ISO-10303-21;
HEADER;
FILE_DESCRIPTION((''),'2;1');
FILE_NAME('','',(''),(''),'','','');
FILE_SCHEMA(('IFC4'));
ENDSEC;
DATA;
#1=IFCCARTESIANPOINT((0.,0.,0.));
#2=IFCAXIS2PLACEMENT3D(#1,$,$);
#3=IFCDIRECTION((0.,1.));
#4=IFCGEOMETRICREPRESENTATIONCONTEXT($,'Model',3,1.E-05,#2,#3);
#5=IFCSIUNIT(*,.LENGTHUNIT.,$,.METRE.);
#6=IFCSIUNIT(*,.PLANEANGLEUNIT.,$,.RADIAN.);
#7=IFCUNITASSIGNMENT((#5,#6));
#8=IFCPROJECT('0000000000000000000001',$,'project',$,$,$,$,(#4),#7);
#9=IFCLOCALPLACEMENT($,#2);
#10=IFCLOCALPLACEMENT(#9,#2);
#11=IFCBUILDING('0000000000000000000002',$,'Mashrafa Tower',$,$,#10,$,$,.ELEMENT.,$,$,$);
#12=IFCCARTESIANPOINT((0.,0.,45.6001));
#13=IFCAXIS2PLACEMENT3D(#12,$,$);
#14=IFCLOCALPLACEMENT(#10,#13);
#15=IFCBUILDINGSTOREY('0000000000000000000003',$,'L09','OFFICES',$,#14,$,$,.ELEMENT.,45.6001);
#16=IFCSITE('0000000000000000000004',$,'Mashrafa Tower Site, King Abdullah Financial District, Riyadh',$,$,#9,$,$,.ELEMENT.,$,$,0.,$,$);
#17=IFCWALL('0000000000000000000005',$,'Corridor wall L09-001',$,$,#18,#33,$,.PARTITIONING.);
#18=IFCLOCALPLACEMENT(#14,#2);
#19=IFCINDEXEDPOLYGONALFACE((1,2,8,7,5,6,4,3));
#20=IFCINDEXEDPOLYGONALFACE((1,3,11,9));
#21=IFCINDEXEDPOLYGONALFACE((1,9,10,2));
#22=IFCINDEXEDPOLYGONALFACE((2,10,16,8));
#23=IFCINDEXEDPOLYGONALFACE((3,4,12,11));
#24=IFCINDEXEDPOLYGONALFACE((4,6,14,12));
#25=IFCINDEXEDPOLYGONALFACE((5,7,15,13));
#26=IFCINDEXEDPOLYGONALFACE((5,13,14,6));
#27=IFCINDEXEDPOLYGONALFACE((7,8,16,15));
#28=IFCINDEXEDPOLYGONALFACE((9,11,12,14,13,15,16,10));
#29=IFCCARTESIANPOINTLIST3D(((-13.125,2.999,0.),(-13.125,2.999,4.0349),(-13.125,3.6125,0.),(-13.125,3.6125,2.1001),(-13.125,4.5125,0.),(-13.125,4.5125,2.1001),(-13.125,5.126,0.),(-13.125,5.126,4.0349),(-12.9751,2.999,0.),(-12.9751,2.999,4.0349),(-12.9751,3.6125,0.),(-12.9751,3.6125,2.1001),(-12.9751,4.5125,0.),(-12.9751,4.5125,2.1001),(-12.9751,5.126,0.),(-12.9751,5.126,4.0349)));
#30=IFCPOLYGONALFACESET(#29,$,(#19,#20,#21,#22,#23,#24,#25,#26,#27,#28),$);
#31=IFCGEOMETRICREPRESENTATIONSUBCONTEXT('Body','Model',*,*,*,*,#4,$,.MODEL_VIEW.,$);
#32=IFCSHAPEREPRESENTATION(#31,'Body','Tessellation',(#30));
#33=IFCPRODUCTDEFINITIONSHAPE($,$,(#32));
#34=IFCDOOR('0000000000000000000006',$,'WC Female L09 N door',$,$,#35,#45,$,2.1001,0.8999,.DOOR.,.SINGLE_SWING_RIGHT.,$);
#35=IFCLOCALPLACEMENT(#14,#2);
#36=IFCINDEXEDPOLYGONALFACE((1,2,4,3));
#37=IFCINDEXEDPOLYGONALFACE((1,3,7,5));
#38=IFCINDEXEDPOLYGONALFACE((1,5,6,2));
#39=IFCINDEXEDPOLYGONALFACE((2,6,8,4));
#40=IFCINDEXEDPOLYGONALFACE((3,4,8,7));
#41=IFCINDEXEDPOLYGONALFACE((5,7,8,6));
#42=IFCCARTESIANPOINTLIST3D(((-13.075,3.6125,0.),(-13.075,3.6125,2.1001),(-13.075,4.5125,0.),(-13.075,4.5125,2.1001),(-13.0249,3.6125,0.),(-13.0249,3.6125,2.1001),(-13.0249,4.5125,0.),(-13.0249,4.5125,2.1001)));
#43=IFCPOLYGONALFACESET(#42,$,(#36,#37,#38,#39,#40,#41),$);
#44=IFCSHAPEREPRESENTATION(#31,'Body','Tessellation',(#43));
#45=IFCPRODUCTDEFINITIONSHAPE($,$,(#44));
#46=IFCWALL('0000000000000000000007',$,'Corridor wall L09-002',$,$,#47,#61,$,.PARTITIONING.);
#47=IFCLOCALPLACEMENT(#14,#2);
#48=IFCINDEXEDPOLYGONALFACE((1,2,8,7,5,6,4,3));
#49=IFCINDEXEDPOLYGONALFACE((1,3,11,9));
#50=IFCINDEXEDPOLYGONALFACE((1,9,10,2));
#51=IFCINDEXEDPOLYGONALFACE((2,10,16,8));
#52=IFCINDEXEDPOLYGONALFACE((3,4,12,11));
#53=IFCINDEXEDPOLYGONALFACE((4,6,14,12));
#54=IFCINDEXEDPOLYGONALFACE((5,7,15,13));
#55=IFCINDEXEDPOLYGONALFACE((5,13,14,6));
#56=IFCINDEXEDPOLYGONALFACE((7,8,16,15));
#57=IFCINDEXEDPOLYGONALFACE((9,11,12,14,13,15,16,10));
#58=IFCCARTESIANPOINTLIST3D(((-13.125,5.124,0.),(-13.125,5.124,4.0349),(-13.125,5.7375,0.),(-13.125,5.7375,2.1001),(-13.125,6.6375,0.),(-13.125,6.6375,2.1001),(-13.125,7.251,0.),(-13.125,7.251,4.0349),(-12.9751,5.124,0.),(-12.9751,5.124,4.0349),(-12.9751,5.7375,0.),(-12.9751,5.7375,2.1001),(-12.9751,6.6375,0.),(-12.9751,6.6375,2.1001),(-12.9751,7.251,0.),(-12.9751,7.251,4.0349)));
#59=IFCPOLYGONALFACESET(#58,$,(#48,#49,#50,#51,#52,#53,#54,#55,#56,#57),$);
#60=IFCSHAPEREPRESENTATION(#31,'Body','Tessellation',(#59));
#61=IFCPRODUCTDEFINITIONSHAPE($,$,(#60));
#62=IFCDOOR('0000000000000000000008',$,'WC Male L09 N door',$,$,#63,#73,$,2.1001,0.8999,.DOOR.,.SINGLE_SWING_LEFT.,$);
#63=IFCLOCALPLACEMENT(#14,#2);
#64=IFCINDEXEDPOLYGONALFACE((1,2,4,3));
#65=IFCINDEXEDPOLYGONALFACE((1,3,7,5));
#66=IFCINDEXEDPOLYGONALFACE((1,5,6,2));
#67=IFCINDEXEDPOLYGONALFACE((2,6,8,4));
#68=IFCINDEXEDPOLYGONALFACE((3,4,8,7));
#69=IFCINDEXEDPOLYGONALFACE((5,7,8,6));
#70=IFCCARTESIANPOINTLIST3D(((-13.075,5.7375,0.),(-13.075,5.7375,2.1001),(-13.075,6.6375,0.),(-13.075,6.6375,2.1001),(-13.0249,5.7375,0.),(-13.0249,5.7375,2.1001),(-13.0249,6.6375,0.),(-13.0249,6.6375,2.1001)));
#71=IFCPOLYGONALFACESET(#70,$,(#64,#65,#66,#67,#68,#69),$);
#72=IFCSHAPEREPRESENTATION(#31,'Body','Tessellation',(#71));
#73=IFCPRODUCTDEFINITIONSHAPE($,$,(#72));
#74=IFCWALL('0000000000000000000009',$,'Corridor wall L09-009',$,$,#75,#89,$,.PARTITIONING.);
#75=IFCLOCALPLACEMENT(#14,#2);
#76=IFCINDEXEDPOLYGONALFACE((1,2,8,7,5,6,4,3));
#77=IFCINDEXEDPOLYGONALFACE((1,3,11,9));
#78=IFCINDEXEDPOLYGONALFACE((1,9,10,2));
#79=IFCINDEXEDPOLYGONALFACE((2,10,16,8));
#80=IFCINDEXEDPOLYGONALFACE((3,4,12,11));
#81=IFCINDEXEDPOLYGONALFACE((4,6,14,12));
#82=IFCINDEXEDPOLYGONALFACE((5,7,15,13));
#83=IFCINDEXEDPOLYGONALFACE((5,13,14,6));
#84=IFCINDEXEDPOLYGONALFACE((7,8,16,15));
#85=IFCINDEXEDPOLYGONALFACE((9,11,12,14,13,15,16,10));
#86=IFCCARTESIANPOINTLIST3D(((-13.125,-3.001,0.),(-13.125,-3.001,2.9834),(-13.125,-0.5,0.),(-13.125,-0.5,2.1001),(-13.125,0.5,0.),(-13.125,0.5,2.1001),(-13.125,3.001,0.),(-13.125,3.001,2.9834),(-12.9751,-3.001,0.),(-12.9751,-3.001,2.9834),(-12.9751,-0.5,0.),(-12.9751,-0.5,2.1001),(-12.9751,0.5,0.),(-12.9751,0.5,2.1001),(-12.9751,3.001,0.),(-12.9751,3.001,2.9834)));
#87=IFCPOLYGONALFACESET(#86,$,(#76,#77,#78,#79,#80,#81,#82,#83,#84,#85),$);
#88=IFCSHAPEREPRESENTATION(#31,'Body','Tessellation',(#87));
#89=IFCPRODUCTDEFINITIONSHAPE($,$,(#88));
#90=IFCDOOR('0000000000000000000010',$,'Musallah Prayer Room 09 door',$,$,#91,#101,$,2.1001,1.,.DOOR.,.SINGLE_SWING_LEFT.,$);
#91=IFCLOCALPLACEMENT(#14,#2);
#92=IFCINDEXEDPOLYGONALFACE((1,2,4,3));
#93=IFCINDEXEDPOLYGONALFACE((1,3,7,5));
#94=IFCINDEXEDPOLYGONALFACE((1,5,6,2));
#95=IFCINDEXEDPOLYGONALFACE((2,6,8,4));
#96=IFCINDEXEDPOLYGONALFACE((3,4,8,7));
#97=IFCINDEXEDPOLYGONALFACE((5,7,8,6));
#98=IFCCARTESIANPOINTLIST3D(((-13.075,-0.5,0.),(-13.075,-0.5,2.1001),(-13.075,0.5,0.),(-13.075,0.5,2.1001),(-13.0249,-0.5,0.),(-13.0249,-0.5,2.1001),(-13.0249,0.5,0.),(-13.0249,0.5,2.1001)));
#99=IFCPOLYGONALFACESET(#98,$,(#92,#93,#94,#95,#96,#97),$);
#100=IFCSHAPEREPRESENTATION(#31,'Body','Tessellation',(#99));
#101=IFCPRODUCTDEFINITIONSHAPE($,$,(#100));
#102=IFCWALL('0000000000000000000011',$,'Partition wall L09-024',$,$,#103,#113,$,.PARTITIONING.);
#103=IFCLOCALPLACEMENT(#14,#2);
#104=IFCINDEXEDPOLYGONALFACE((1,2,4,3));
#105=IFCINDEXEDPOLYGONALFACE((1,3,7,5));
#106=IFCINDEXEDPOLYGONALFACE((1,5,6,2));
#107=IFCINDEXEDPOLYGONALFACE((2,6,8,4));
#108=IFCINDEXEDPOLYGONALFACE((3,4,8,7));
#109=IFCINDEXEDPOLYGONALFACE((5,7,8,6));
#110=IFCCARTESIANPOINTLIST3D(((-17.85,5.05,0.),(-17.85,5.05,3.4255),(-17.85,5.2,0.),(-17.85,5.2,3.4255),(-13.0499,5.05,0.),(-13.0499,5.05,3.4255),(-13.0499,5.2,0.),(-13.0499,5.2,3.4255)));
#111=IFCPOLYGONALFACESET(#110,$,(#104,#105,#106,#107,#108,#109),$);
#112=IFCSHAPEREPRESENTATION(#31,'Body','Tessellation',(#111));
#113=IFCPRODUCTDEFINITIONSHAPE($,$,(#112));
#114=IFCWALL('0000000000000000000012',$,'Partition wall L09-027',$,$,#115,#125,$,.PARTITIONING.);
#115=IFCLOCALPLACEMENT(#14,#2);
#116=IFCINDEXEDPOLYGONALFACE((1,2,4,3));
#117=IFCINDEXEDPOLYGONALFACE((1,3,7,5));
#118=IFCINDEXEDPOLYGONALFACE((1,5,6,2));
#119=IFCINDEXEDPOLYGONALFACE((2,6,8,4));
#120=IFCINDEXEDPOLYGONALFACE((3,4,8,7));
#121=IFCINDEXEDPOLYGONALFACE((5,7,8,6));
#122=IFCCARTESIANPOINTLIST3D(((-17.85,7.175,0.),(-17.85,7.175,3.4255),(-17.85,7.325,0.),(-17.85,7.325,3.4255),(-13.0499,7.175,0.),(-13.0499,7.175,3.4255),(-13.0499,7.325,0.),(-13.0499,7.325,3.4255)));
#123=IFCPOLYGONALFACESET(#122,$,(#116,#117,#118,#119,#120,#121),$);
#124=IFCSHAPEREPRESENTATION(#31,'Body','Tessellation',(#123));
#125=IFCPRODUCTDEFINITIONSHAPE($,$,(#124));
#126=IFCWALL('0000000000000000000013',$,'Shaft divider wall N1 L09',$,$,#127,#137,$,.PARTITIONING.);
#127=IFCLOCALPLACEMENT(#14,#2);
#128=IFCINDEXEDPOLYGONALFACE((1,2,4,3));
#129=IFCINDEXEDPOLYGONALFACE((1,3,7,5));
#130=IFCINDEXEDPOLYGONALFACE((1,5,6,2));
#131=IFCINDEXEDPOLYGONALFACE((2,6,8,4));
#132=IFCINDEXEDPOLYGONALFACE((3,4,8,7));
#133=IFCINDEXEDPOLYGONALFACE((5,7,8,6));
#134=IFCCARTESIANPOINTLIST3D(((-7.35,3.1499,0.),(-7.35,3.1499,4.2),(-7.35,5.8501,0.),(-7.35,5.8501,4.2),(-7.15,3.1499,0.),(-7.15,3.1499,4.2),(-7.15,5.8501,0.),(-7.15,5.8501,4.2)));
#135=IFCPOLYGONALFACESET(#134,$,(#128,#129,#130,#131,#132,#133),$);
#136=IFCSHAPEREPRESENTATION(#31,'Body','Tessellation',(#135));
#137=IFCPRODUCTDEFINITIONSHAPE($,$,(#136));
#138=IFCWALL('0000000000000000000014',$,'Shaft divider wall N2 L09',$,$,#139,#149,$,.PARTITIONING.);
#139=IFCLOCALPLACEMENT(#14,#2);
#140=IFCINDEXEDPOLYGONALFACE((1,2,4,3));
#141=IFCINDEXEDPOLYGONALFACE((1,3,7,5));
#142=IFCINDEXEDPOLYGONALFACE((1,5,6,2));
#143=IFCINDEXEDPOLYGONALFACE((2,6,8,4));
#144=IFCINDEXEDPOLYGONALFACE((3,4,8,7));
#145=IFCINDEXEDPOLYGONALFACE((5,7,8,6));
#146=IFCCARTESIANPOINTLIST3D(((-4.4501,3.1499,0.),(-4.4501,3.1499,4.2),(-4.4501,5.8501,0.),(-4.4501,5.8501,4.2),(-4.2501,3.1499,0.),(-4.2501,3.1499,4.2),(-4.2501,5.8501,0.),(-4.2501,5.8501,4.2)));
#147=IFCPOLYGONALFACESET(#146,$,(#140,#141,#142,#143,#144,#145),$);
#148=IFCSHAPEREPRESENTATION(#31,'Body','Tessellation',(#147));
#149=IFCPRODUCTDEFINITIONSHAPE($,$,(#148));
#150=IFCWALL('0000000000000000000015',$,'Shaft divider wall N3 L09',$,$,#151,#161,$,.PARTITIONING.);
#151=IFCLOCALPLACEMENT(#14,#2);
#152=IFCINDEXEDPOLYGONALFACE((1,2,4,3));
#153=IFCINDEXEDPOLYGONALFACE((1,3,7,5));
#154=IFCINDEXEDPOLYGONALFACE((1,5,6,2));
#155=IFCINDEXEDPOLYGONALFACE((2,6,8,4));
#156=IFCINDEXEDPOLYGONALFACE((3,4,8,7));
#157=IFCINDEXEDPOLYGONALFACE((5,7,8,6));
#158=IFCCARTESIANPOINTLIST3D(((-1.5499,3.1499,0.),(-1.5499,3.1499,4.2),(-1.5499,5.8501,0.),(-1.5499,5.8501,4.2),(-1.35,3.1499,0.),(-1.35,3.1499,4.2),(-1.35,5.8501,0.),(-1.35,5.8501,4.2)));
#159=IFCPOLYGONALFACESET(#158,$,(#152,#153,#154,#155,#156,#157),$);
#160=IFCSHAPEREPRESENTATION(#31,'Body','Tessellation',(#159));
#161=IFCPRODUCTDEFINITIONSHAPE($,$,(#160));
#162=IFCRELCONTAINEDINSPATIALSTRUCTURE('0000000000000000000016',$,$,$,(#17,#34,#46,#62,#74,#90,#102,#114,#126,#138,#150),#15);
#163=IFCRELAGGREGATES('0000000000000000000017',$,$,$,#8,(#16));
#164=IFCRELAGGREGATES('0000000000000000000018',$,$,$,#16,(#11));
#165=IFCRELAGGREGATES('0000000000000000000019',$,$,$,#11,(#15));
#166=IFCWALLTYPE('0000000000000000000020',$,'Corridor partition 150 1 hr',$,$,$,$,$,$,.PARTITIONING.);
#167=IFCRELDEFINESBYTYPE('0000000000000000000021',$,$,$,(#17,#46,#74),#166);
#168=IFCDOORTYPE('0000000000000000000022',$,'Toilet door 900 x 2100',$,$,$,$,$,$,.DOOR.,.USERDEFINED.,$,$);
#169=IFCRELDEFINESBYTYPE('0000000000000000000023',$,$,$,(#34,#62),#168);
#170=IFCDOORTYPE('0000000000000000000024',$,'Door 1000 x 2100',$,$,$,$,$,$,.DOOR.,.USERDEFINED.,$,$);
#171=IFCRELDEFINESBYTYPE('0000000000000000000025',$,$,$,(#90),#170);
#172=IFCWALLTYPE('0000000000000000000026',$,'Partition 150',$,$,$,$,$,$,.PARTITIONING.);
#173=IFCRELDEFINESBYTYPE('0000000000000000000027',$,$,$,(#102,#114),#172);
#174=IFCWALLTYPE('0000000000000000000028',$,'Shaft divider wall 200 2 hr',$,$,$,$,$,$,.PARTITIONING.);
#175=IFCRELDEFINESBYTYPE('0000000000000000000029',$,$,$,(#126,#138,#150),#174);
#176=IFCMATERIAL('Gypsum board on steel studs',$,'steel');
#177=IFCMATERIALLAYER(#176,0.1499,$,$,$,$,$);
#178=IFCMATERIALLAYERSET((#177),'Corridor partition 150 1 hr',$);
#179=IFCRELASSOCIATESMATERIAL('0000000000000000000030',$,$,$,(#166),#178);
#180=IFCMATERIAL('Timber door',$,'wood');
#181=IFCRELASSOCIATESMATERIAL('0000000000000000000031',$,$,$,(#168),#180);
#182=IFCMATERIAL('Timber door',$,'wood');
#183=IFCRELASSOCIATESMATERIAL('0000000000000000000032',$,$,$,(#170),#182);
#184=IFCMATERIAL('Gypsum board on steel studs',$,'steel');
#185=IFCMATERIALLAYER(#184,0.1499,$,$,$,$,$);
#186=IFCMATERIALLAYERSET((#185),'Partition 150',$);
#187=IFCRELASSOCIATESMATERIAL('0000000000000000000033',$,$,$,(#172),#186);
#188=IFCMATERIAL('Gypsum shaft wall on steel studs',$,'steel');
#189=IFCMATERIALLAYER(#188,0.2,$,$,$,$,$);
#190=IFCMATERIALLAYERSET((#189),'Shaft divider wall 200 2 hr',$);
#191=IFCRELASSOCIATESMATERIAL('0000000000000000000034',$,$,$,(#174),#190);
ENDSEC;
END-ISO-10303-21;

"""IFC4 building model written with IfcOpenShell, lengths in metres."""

from ifc_helpers import new_model, si_unit, direction, frame, frame_2d, origin, place, context, subcontext, project, spatial, rectangle, extrude, material, layer, layer_set, type_object, element, fill, save


model = new_model("IFC4")

# Units and contexts
model_context = context("Model", 3, precision=1e-05, world=origin(), true_north=direction((0.0, 1.0)))
body_context = subcontext(model_context, "Body", "Model", "MODEL_VIEW")
ifc_project = project(units=[si_unit("LENGTHUNIT", "METRE"), si_unit("PLANEANGLEUNIT", "RADIAN")], contexts=[model_context])

# Site, building, storey
site_placement = place(None, origin())
site = spatial("IfcSite", under=ifc_project, at=site_placement, Name="Mashrafa Tower Site, King Abdullah Financial District, Riyadh", CompositionType="ELEMENT", RefElevation=0.0)
building_placement = place(site_placement, origin())
building = spatial("IfcBuilding", under=site, at=building_placement, Name="Mashrafa Tower", CompositionType="ELEMENT")
storey_placement = place(building_placement, frame((0.0, 0.0, 45.6001)))
storey = spatial("IfcBuildingStorey", under=building, at=storey_placement, Name="L09", Description="OFFICES", CompositionType="ELEMENT", Elevation=45.6001)

# Walls, openings, doors
ifc_material_1 = material(Name="Gypsum board on steel studs", Category="steel")
ifc_layer_1 = layer(ifc_material_1, 0.1499)
ifc_layer_set_1 = layer_set([ifc_layer_1], Name="Corridor partition 150 1 hr")
wall_type_1 = type_object("IfcWallType", Name="Corridor partition 150 1 hr", PredefinedType="PARTITIONING", material=ifc_layer_set_1)
wall_1_placement = place(storey_placement, frame((-13.05, 5.126, 0.0), z_axis=(0.0, 0.0, 1.0), x_axis=(0.0, -1.0, 0.0)))
wall_1 = element("IfcWall", 1, at=wall_1_placement, inside=storey, type_object=wall_type_1, Name="Corridor wall L09-001", PredefinedType="PARTITIONING", context=body_context, shape_type="SweptSolid", body=[
    extrude(rectangle(XDim=2.127, YDim=0.1499, at=frame_2d((1.0635, 0.0))), origin(), (0.0, 0.0, 1.0), 4.0349),
])
opening_1_placement = place(wall_1_placement, frame((0.6135, 0.0, 0.0)))
opening_1 = element("IfcOpeningElement", 2, at=opening_1_placement, cuts=wall_1, PredefinedType="OPENING", context=body_context, shape_type="SweptSolid", body=[
    extrude(rectangle(XDim=0.8999, YDim=2.1001, at=frame_2d((0.45, 1.05))), frame((0.0, 0.085, 0.0), z_axis=(0.0, -1.0, 0.0), x_axis=(1.0, 0.0, 0.0)), (0.0, 0.0, 1.0), 0.1699),
])
ifc_material_2 = material(Name="Timber door", Category="wood")
door_type_1 = type_object("IfcDoorType", Name="Toilet door 900 x 2100", OperationType="USERDEFINED", PredefinedType="DOOR", material=ifc_material_2)
door_1_placement = place(opening_1_placement, frame((0.8999, 0.0, 0.0), z_axis=(0.0, 0.0, 1.0), x_axis=(-1.0, 0.0, 0.0)))
door_1 = element("IfcDoor", 3, at=door_1_placement, inside=storey, type_object=door_type_1, Name="WC Female L09 N door", OperationType="SINGLE_SWING_RIGHT", OverallHeight=2.1001, OverallWidth=0.8999, PredefinedType="DOOR", context=body_context, shape_type="SweptSolid", body=[
    extrude(rectangle(XDim=0.8999, YDim=2.1001, at=frame_2d((0.45, 1.05))), frame((0.0, 0.0249, 0.0), z_axis=(0.0, -1.0, 0.0), x_axis=(1.0, 0.0, 0.0)), (0.0, 0.0, 1.0), 0.05),
])
fill(opening_1, door_1)
wall_2_placement = place(storey_placement, frame((-13.05, 7.251, 0.0), z_axis=(0.0, 0.0, 1.0), x_axis=(0.0, -1.0, 0.0)))
wall_2 = element("IfcWall", 4, at=wall_2_placement, inside=storey, type_object=wall_type_1, Name="Corridor wall L09-002", PredefinedType="PARTITIONING", context=body_context, shape_type="SweptSolid", body=[
    extrude(rectangle(XDim=2.127, YDim=0.1499, at=frame_2d((1.0635, 0.0))), origin(), (0.0, 0.0, 1.0), 4.0349),
])
opening_2_placement = place(wall_2_placement, frame((0.6135, 0.0, 0.0)))
opening_2 = element("IfcOpeningElement", 5, at=opening_2_placement, cuts=wall_2, PredefinedType="OPENING", context=body_context, shape_type="SweptSolid", body=[
    extrude(rectangle(XDim=0.8999, YDim=2.1001, at=frame_2d((0.45, 1.05))), frame((0.0, 0.085, 0.0), z_axis=(0.0, -1.0, 0.0), x_axis=(1.0, 0.0, 0.0)), (0.0, 0.0, 1.0), 0.1699),
])
door_2_placement = place(opening_2_placement, frame((0.8999, 0.0, 0.0), z_axis=(0.0, 0.0, 1.0), x_axis=(-1.0, 0.0, 0.0)))
door_2 = element("IfcDoor", 6, at=door_2_placement, inside=storey, type_object=door_type_1, Name="WC Male L09 N door", OperationType="SINGLE_SWING_LEFT", OverallHeight=2.1001, OverallWidth=0.8999, PredefinedType="DOOR", context=body_context, shape_type="SweptSolid", body=[
    extrude(rectangle(XDim=0.8999, YDim=2.1001, at=frame_2d((0.45, 1.05))), frame((0.0, 0.0249, 0.0), z_axis=(0.0, -1.0, 0.0), x_axis=(1.0, 0.0, 0.0)), (0.0, 0.0, 1.0), 0.05),
])
fill(opening_2, door_2)
wall_3_placement = place(storey_placement, frame((-13.05, 3.001, 0.0), z_axis=(0.0, 0.0, 1.0), x_axis=(0.0, -1.0, 0.0)))
wall_3 = element("IfcWall", 7, at=wall_3_placement, inside=storey, type_object=wall_type_1, Name="Corridor wall L09-009", PredefinedType="PARTITIONING", context=body_context, shape_type="SweptSolid", body=[
    extrude(rectangle(XDim=6.002, YDim=0.1499, at=frame_2d((3.001, 0.0))), origin(), (0.0, 0.0, 1.0), 2.9834),
])
opening_3_placement = place(wall_3_placement, frame((2.501, 0.0, 0.0)))
opening_3 = element("IfcOpeningElement", 8, at=opening_3_placement, cuts=wall_3, PredefinedType="OPENING", context=body_context, shape_type="SweptSolid", body=[
    extrude(rectangle(XDim=1.0, YDim=2.1001, at=frame_2d((0.5, 1.05))), frame((0.0, 0.085, 0.0), z_axis=(0.0, -1.0, 0.0), x_axis=(1.0, 0.0, 0.0)), (0.0, 0.0, 1.0), 0.1699),
])
ifc_material_3 = material(Name="Timber door", Category="wood")
door_type_2 = type_object("IfcDoorType", Name="Door 1000 x 2100", OperationType="USERDEFINED", PredefinedType="DOOR", material=ifc_material_3)
door_3_placement = place(opening_3_placement, frame((1.0, 0.0, 0.0), z_axis=(0.0, 0.0, 1.0), x_axis=(-1.0, 0.0, 0.0)))
door_3 = element("IfcDoor", 9, at=door_3_placement, inside=storey, type_object=door_type_2, Name="Musallah Prayer Room 09 door", OperationType="SINGLE_SWING_LEFT", OverallHeight=2.1001, OverallWidth=1.0, PredefinedType="DOOR", context=body_context, shape_type="SweptSolid", body=[
    extrude(rectangle(XDim=1.0, YDim=2.1001, at=frame_2d((0.5, 1.05))), frame((0.0, 0.0249, 0.0), z_axis=(0.0, -1.0, 0.0), x_axis=(1.0, 0.0, 0.0)), (0.0, 0.0, 1.0), 0.05),
])
fill(opening_3, door_3)

# Walls
ifc_material_4 = material(Name="Gypsum board on steel studs", Category="steel")
ifc_layer_2 = layer(ifc_material_4, 0.1499)
ifc_layer_set_2 = layer_set([ifc_layer_2], Name="Partition 150")
wall_type_2 = type_object("IfcWallType", Name="Partition 150", PredefinedType="PARTITIONING", material=ifc_layer_set_2)
for number, where, z_axis, x_axis, name in (
    (10, (-13.05, 5.125, 0.0), (0.0, 0.0, 1.0), (-1.0, 0.0, 0.0), "Partition wall L09-024"),
    (11, (-13.05, 7.25, 0.0), (0.0, 0.0, 1.0), (-1.0, 0.0, 0.0), "Partition wall L09-027"),
):
    element("IfcWall", number, at=place(storey_placement, frame(where, z_axis=z_axis, x_axis=x_axis)), inside=storey, type_object=wall_type_2, Name=name, PredefinedType="PARTITIONING", context=body_context, shape_type="SweptSolid", body=[
        extrude(rectangle(XDim=4.8, YDim=0.1499, at=frame_2d((2.3999, 0.0))), origin(), (0.0, 0.0, 1.0), 3.4255),
    ])
ifc_material_5 = material(Name="Gypsum shaft wall on steel studs", Category="steel")
ifc_layer_3 = layer(ifc_material_5, 0.2)
ifc_layer_set_3 = layer_set([ifc_layer_3], Name="Shaft divider wall 200 2 hr")
wall_type_3 = type_object("IfcWallType", Name="Shaft divider wall 200 2 hr", PredefinedType="PARTITIONING", material=ifc_layer_set_3)
for number, where, z_axis, x_axis, name in (
    (12, (-7.25, 3.1499, 0.0), (0.0, 0.0, 1.0), (0.0, 1.0, 0.0), "Shaft divider wall N1 L09"),
    (13, (-4.3501, 3.1499, 0.0), (0.0, 0.0, 1.0), (0.0, 1.0, 0.0), "Shaft divider wall N2 L09"),
    (14, (-1.45, 3.1499, 0.0), (0.0, 0.0, 1.0), (0.0, 1.0, 0.0), "Shaft divider wall N3 L09"),
):
    element("IfcWall", number, at=place(storey_placement, frame(where, z_axis=z_axis, x_axis=x_axis)), inside=storey, type_object=wall_type_3, Name=name, PredefinedType="PARTITIONING", context=body_context, shape_type="SweptSolid", body=[
        extrude(rectangle(XDim=2.7002, YDim=0.2, at=frame_2d((1.3501, 0.0))), origin(), (0.0, 0.0, 1.0), 4.2),
    ])

save(model, "model.ifc")
